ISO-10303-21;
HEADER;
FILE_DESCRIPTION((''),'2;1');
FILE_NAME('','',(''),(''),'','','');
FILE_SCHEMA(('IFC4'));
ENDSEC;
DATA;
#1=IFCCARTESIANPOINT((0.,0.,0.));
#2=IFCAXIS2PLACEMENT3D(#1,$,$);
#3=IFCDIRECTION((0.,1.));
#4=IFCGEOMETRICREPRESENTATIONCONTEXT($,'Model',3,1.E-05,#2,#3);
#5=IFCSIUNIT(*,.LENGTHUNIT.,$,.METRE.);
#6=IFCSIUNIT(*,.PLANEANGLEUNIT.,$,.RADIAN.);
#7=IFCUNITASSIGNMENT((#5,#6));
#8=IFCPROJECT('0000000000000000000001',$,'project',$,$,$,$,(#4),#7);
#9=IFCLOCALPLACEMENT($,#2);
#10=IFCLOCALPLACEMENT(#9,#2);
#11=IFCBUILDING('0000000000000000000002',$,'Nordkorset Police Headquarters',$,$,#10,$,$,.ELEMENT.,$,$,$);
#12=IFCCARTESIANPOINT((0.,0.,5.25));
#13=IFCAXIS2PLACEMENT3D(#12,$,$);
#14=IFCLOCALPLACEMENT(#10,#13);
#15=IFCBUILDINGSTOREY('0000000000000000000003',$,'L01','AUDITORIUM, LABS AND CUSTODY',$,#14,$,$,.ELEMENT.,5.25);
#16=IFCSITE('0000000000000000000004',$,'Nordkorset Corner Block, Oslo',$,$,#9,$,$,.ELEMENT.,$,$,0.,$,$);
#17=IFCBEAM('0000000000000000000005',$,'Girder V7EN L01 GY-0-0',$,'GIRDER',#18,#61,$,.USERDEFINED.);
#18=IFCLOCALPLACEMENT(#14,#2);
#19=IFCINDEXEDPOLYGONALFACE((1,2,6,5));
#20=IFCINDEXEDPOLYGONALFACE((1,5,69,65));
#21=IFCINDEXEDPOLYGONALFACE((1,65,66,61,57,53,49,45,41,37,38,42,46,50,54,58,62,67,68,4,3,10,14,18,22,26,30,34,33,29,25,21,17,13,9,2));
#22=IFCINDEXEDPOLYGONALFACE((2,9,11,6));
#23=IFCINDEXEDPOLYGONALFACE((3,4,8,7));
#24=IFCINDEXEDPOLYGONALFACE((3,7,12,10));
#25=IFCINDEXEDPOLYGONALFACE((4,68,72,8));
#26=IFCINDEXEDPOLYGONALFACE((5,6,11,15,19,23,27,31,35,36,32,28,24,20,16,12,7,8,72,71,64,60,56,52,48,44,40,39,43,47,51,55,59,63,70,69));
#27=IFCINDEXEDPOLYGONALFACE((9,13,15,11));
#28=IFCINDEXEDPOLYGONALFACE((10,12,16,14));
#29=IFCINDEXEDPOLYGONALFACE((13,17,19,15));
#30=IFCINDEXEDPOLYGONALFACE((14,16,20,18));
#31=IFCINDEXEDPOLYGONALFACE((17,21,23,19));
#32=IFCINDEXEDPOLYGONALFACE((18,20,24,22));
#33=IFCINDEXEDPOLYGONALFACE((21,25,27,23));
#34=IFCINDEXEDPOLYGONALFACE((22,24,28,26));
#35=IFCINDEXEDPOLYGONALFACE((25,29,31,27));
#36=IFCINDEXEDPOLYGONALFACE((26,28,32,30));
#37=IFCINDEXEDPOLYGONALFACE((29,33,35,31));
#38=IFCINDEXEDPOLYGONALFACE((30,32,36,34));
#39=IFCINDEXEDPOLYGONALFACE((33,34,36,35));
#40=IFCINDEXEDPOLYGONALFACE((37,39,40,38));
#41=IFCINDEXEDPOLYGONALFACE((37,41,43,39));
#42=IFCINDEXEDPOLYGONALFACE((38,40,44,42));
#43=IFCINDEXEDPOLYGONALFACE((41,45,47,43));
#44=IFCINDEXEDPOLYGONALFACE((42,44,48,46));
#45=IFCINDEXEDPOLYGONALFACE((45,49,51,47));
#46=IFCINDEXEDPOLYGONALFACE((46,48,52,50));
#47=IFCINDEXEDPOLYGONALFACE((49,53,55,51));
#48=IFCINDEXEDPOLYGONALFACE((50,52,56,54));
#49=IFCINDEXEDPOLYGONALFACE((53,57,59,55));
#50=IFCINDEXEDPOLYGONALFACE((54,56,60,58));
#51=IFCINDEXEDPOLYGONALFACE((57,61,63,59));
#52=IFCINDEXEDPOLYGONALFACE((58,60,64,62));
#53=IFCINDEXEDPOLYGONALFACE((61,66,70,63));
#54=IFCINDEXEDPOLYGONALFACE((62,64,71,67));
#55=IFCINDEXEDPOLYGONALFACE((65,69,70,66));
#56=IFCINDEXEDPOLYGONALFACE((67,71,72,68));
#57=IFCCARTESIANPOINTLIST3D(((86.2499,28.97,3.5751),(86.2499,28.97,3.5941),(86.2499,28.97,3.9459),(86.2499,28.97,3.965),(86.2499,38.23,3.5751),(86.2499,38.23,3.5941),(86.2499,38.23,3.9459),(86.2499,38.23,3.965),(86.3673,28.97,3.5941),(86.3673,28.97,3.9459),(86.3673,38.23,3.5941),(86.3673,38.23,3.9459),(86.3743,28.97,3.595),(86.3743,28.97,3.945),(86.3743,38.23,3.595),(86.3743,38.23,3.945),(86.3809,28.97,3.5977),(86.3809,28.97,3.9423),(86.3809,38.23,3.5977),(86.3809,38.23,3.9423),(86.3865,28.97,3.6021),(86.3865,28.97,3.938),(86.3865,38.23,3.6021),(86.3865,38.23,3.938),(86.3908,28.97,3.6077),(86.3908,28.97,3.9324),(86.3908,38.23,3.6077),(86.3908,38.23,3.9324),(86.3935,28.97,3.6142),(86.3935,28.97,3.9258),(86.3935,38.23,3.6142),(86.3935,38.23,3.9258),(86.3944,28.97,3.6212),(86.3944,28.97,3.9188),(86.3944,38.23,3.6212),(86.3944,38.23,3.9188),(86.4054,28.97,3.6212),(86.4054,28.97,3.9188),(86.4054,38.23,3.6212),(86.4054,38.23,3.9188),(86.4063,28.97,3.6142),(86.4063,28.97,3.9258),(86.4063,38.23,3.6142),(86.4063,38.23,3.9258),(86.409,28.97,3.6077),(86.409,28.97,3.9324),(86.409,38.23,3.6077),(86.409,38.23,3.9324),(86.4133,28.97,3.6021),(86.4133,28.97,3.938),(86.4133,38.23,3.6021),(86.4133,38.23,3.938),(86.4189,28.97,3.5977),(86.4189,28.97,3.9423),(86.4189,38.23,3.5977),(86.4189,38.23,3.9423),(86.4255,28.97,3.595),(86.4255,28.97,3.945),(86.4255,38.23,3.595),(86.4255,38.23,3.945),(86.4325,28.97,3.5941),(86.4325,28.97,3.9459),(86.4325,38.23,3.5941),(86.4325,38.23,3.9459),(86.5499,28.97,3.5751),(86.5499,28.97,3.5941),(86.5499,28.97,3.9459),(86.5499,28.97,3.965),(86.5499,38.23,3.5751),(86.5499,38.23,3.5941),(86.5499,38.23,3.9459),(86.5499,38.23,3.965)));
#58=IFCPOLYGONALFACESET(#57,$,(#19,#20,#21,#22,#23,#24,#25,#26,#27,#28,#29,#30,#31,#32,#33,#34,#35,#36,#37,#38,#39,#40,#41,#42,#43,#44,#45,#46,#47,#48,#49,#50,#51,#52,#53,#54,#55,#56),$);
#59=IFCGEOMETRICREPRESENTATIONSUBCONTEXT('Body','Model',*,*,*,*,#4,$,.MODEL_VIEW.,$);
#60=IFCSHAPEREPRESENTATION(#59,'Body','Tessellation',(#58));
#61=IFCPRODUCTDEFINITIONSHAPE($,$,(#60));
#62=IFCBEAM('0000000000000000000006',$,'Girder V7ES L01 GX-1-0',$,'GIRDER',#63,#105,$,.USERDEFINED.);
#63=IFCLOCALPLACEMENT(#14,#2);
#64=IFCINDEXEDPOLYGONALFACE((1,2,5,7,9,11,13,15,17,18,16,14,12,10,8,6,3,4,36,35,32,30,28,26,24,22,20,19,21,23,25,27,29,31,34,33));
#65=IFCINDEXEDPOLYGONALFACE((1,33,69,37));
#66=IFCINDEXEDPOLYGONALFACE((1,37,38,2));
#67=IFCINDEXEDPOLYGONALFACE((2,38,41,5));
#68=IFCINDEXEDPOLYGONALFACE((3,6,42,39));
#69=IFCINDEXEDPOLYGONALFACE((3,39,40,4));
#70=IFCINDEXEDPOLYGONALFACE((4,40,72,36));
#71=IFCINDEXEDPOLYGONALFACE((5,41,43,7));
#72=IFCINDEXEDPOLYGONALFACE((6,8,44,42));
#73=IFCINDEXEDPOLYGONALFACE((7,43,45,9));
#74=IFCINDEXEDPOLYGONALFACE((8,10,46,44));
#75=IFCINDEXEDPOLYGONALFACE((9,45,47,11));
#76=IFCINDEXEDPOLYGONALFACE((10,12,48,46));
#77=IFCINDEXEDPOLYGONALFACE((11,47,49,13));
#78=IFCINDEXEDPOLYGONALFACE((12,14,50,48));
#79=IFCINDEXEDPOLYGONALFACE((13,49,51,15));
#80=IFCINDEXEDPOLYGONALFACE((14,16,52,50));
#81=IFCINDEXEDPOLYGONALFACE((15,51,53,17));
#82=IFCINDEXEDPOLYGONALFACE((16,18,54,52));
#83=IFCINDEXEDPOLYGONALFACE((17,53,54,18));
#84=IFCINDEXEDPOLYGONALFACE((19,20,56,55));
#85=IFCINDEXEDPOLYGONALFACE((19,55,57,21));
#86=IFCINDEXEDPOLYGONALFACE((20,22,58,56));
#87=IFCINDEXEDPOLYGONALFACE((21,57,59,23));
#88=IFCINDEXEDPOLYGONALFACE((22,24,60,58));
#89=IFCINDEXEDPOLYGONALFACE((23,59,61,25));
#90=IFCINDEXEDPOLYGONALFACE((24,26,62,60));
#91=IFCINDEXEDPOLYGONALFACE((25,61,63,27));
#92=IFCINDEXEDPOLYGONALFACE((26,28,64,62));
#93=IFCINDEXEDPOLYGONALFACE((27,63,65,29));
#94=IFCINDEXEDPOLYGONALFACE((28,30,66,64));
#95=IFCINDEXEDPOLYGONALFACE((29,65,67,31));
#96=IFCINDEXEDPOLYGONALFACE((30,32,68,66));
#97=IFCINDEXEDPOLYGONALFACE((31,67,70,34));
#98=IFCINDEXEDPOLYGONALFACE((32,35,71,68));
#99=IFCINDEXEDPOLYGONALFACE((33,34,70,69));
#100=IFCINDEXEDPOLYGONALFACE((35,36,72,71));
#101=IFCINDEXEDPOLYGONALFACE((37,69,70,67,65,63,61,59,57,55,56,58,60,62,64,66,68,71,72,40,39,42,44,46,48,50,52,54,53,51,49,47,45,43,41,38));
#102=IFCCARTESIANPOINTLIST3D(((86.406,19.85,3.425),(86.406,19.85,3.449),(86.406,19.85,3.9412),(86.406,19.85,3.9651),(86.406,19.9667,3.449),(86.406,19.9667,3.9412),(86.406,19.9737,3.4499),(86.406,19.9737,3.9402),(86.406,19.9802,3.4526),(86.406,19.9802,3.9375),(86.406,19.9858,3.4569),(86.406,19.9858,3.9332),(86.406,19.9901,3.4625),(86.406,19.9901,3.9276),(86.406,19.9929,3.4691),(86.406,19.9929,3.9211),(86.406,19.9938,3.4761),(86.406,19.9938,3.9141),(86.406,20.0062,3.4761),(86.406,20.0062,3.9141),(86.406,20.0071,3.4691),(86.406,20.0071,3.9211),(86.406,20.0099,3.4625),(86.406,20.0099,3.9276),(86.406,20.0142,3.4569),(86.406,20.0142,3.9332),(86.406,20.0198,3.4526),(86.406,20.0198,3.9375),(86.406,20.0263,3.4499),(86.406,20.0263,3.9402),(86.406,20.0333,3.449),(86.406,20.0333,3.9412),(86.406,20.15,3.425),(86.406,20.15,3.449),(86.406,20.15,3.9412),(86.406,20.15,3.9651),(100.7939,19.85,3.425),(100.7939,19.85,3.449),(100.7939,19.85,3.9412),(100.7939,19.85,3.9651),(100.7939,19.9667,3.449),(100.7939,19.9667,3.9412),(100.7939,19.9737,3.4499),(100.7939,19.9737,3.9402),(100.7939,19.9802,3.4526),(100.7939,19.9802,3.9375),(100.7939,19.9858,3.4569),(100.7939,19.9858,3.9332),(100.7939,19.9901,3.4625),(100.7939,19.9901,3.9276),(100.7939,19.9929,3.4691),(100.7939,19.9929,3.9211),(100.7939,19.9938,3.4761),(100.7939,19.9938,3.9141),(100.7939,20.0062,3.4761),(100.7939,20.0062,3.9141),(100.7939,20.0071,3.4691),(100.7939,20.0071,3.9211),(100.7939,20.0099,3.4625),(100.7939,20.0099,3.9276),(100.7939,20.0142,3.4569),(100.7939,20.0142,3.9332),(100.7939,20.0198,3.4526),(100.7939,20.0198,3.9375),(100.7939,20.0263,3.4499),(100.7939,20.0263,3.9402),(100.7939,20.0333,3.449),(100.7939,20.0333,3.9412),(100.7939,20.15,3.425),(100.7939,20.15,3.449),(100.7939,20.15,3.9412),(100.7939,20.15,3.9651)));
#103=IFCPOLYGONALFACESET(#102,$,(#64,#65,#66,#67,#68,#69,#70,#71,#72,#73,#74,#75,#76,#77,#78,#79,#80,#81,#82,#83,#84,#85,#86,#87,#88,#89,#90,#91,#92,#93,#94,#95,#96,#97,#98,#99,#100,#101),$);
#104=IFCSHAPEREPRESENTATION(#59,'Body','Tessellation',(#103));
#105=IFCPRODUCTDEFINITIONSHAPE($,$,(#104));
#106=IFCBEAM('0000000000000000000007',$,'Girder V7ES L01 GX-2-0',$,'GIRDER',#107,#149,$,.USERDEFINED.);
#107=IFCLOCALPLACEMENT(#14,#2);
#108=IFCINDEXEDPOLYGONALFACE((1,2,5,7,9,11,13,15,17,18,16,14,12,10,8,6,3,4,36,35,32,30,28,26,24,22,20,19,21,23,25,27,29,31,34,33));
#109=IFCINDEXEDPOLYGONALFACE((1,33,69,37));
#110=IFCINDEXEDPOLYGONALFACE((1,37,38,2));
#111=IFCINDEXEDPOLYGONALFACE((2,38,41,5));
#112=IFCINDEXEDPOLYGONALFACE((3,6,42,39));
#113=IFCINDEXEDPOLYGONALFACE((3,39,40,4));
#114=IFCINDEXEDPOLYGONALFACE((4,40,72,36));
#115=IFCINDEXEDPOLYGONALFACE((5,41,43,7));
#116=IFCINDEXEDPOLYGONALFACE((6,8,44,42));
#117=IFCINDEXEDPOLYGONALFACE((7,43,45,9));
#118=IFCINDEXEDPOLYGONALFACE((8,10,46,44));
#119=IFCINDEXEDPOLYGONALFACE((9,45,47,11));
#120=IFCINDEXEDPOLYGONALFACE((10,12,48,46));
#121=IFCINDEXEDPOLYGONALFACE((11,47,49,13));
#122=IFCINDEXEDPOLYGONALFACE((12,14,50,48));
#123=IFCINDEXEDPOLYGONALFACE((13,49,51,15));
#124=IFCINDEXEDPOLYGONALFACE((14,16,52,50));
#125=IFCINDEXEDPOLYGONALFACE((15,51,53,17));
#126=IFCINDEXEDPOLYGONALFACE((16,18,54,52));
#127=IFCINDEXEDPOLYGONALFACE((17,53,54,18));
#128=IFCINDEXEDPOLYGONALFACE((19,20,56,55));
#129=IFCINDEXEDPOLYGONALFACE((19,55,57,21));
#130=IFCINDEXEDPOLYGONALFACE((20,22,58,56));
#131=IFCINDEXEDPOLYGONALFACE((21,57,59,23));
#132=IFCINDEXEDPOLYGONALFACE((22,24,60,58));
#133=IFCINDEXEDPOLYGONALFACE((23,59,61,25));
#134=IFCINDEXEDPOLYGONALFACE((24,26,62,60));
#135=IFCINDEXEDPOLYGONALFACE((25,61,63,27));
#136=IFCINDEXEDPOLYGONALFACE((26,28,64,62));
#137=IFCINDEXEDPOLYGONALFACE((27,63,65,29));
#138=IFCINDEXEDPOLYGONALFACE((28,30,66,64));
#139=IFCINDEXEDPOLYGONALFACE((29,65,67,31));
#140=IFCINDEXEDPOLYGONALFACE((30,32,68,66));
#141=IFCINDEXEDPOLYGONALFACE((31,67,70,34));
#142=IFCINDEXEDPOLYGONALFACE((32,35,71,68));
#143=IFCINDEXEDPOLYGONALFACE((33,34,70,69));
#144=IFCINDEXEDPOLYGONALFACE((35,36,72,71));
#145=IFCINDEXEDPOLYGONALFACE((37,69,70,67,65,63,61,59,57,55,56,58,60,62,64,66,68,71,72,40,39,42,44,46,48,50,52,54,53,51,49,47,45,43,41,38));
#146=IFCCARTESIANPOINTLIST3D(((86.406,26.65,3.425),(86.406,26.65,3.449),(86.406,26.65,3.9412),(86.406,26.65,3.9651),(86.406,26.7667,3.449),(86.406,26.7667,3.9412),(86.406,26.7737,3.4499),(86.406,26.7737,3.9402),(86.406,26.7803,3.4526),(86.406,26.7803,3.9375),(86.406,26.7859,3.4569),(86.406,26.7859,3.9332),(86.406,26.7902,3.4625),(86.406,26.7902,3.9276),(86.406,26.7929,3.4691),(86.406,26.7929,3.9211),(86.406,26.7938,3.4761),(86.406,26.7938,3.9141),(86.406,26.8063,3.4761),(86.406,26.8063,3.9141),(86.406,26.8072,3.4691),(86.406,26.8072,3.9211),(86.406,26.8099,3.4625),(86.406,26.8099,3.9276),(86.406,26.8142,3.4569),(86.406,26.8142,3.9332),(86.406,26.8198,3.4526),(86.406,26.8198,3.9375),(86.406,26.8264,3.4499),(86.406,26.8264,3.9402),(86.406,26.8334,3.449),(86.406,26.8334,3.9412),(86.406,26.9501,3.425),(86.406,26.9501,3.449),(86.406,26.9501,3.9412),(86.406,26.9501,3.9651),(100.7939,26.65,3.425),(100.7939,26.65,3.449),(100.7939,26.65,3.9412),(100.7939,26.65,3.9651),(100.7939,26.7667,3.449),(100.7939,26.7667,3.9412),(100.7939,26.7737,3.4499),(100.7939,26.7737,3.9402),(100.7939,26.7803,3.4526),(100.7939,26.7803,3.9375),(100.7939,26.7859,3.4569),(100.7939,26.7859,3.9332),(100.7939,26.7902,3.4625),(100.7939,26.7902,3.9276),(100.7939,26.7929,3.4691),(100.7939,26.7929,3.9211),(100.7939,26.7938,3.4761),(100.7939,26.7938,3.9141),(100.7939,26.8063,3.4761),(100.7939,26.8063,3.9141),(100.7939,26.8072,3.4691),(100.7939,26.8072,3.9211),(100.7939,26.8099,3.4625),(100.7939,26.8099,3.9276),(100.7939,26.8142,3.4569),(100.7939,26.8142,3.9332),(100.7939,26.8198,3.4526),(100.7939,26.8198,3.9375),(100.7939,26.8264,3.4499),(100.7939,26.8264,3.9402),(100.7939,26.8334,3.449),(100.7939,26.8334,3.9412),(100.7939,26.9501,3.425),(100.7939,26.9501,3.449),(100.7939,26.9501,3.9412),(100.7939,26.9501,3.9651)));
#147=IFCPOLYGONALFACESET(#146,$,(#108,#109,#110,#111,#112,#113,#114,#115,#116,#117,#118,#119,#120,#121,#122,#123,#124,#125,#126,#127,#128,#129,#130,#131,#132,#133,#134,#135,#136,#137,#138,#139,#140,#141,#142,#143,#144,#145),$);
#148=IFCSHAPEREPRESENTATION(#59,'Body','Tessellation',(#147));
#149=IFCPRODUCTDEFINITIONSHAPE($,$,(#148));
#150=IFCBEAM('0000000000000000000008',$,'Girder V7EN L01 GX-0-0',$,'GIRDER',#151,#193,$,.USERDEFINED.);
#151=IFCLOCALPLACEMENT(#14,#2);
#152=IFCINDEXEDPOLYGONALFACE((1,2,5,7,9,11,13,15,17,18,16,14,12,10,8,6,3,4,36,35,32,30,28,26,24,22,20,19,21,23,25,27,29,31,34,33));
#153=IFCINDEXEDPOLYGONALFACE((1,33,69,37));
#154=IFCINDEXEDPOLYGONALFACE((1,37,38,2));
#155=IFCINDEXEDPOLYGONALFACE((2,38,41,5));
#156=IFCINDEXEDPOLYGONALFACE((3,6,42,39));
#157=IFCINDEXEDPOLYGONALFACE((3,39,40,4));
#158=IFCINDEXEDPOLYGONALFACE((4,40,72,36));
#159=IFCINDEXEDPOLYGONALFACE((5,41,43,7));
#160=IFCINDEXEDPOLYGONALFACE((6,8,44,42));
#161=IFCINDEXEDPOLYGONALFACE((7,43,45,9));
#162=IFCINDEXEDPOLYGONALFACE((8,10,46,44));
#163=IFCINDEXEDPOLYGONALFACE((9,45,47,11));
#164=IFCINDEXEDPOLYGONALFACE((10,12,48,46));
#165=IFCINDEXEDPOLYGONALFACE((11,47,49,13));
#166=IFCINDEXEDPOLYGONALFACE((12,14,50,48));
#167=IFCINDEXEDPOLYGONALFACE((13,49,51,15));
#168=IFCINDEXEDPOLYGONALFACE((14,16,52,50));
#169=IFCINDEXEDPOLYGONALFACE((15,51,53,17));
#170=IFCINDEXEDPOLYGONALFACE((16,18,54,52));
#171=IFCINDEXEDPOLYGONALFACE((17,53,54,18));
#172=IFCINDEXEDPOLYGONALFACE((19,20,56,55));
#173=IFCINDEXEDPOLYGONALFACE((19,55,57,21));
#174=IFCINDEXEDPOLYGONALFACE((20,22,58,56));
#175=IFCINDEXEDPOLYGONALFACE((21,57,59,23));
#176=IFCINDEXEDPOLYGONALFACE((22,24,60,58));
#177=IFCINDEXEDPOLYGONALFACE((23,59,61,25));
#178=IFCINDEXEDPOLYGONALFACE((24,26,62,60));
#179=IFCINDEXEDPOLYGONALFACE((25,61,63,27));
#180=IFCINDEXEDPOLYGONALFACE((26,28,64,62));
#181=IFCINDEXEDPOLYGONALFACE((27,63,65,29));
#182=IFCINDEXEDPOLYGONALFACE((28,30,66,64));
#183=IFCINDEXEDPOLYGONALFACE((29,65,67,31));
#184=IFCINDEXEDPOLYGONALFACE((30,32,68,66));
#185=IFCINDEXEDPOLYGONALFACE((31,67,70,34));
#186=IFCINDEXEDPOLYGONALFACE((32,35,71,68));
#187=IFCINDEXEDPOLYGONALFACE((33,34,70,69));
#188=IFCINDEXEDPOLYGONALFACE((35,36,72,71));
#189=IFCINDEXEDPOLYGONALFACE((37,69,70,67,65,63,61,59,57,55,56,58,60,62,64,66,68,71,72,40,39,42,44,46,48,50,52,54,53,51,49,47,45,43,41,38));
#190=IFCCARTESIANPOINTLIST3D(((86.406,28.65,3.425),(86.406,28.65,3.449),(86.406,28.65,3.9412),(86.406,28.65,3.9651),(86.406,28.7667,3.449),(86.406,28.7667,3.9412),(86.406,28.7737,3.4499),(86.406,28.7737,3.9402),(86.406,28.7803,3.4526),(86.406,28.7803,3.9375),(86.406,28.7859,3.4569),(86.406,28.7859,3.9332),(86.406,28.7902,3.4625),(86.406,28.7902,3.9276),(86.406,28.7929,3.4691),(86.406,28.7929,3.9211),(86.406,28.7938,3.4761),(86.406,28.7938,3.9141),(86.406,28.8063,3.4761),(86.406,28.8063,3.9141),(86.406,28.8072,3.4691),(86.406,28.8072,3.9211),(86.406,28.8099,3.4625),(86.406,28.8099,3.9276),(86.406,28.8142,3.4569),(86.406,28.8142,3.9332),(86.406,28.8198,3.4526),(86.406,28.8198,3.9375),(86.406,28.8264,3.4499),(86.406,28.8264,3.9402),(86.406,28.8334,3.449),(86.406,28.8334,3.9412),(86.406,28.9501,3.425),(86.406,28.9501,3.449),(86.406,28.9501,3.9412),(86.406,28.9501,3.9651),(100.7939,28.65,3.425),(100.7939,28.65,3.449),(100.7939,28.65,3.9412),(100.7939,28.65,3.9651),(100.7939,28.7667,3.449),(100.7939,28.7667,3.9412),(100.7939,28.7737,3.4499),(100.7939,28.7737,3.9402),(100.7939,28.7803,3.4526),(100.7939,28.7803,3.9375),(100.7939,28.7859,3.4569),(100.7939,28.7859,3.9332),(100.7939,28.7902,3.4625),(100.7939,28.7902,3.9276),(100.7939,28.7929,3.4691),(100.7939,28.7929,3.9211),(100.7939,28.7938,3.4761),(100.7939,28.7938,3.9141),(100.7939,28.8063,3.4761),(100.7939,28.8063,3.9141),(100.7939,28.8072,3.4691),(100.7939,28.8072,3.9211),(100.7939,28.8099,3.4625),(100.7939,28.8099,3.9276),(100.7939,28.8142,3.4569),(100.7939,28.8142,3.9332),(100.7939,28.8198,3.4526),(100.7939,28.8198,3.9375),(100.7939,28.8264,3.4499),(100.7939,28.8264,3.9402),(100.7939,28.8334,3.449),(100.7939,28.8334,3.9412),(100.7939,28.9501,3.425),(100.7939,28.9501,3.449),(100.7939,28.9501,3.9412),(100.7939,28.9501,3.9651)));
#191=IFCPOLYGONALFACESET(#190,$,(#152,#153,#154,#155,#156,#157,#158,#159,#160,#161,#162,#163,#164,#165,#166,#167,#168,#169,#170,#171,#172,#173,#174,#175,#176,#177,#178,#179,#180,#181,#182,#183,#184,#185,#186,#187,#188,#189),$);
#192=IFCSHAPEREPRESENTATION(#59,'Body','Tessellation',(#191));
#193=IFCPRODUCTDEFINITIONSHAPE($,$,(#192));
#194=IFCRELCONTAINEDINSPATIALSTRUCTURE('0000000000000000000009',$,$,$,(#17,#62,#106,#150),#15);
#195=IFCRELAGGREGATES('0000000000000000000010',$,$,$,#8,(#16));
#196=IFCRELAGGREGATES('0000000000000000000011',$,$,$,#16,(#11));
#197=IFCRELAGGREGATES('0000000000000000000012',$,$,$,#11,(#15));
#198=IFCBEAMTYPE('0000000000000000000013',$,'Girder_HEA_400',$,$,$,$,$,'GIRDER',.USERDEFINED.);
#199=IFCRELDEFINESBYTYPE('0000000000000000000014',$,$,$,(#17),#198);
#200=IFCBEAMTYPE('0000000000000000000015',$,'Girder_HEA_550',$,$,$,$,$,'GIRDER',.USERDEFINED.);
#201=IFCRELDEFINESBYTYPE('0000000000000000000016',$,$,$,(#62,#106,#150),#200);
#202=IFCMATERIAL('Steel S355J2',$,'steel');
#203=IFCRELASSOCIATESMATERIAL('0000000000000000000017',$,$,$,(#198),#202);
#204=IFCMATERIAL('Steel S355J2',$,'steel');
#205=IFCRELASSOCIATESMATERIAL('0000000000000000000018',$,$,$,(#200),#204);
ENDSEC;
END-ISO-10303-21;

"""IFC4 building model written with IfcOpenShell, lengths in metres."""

from ifc_helpers import new_model, si_unit, direction, frame, origin, origin_2d, place, context, subcontext, project, spatial, i_section, extrude, material, material_profile, profile_set, type_object, element, save


model = new_model("IFC4")

# Units and contexts
model_context = context("Model", 3, precision=1e-05, world=origin(), true_north=direction((0.0, 1.0)))
body_context = subcontext(model_context, "Body", "Model", "MODEL_VIEW")
ifc_project = project(units=[si_unit("LENGTHUNIT", "METRE"), si_unit("PLANEANGLEUNIT", "RADIAN")], contexts=[model_context])

# Site, building, storey
site_placement = place(None, origin())
site = spatial("IfcSite", under=ifc_project, at=site_placement, Name="Nordkorset Corner Block, Oslo", CompositionType="ELEMENT", RefElevation=0.0)
building_placement = place(site_placement, origin())
building = spatial("IfcBuilding", under=site, at=building_placement, Name="Nordkorset Police Headquarters", CompositionType="ELEMENT")
storey_placement = place(building_placement, frame((0.0, 0.0, 5.25)))
storey = spatial("IfcBuildingStorey", under=building, at=storey_placement, Name="L01", Description="AUDITORIUM, LABS AND CUSTODY", CompositionType="ELEMENT", Elevation=5.25)

# Beams
ifc_material_1 = material(Name="Steel S355J2", Category="steel")
ifc_material_profile_1 = material_profile(ifc_material_1, i_section(OverallWidth=0.3, OverallDepth=0.3899, WebThickness=0.011, FlangeThickness=0.019, FilletRadius=0.0271, at=origin_2d()), Name="HEA 400")
ifc_profile_set_1 = profile_set([ifc_material_profile_1], Name="Steel S355J2")
beam_type_1 = type_object("IfcBeamType", Name="Girder_HEA_400", ElementType="GIRDER", PredefinedType="USERDEFINED", material=ifc_profile_set_1)
beam_1_placement = place(storey_placement, frame((86.3999, 28.97, 3.77), z_axis=(0.0, 1.0, 0.0), x_axis=(-1.0, 0.0, 0.0)))
element("IfcBeam", 1, at=beam_1_placement, inside=storey, type_object=beam_type_1, Name="Girder V7EN L01 GY-0-0", ObjectType="GIRDER", PredefinedType="USERDEFINED", context=body_context, shape_type="SweptSolid", body=[
    extrude(i_section(OverallWidth=0.3, OverallDepth=0.3899, WebThickness=0.011, FlangeThickness=0.019, FilletRadius=0.0271, at=origin_2d()), origin(), (0.0, 0.0, 1.0), 9.26),
])
ifc_material_2 = material(Name="Steel S355J2", Category="steel")
ifc_material_profile_2 = material_profile(ifc_material_2, i_section(OverallWidth=0.3, OverallDepth=0.54, WebThickness=0.0125, FlangeThickness=0.0239, FilletRadius=0.0271, at=origin_2d()), Name="HEA 550")
ifc_profile_set_2 = profile_set([ifc_material_profile_2], Name="Steel S355J2")
beam_type_2 = type_object("IfcBeamType", Name="Girder_HEA_550", ElementType="GIRDER", PredefinedType="USERDEFINED", material=ifc_profile_set_2)
for number, where, z_axis, x_axis, name in (
    (2, (86.406, 20.0, 3.6951), (1.0, 0.0, 0.0), (0.0, 1.0, 0.0), "Girder V7ES L01 GX-1-0"),
    (3, (86.406, 26.8, 3.6951), (1.0, 0.0, 0.0), (0.0, 1.0, 0.0), "Girder V7ES L01 GX-2-0"),
    (4, (86.406, 28.8, 3.6951), (1.0, 0.0, 0.0), (0.0, 1.0, 0.0), "Girder V7EN L01 GX-0-0"),
):
    element("IfcBeam", number, at=place(storey_placement, frame(where, z_axis=z_axis, x_axis=x_axis)), inside=storey, type_object=beam_type_2, Name=name, ObjectType="GIRDER", PredefinedType="USERDEFINED", context=body_context, shape_type="SweptSolid", body=[
        extrude(i_section(OverallWidth=0.3, OverallDepth=0.54, WebThickness=0.0125, FlangeThickness=0.0239, FilletRadius=0.0271, at=origin_2d()), origin(), (0.0, 0.0, 1.0), 14.3879),
    ])

save(model, "model.ifc")
